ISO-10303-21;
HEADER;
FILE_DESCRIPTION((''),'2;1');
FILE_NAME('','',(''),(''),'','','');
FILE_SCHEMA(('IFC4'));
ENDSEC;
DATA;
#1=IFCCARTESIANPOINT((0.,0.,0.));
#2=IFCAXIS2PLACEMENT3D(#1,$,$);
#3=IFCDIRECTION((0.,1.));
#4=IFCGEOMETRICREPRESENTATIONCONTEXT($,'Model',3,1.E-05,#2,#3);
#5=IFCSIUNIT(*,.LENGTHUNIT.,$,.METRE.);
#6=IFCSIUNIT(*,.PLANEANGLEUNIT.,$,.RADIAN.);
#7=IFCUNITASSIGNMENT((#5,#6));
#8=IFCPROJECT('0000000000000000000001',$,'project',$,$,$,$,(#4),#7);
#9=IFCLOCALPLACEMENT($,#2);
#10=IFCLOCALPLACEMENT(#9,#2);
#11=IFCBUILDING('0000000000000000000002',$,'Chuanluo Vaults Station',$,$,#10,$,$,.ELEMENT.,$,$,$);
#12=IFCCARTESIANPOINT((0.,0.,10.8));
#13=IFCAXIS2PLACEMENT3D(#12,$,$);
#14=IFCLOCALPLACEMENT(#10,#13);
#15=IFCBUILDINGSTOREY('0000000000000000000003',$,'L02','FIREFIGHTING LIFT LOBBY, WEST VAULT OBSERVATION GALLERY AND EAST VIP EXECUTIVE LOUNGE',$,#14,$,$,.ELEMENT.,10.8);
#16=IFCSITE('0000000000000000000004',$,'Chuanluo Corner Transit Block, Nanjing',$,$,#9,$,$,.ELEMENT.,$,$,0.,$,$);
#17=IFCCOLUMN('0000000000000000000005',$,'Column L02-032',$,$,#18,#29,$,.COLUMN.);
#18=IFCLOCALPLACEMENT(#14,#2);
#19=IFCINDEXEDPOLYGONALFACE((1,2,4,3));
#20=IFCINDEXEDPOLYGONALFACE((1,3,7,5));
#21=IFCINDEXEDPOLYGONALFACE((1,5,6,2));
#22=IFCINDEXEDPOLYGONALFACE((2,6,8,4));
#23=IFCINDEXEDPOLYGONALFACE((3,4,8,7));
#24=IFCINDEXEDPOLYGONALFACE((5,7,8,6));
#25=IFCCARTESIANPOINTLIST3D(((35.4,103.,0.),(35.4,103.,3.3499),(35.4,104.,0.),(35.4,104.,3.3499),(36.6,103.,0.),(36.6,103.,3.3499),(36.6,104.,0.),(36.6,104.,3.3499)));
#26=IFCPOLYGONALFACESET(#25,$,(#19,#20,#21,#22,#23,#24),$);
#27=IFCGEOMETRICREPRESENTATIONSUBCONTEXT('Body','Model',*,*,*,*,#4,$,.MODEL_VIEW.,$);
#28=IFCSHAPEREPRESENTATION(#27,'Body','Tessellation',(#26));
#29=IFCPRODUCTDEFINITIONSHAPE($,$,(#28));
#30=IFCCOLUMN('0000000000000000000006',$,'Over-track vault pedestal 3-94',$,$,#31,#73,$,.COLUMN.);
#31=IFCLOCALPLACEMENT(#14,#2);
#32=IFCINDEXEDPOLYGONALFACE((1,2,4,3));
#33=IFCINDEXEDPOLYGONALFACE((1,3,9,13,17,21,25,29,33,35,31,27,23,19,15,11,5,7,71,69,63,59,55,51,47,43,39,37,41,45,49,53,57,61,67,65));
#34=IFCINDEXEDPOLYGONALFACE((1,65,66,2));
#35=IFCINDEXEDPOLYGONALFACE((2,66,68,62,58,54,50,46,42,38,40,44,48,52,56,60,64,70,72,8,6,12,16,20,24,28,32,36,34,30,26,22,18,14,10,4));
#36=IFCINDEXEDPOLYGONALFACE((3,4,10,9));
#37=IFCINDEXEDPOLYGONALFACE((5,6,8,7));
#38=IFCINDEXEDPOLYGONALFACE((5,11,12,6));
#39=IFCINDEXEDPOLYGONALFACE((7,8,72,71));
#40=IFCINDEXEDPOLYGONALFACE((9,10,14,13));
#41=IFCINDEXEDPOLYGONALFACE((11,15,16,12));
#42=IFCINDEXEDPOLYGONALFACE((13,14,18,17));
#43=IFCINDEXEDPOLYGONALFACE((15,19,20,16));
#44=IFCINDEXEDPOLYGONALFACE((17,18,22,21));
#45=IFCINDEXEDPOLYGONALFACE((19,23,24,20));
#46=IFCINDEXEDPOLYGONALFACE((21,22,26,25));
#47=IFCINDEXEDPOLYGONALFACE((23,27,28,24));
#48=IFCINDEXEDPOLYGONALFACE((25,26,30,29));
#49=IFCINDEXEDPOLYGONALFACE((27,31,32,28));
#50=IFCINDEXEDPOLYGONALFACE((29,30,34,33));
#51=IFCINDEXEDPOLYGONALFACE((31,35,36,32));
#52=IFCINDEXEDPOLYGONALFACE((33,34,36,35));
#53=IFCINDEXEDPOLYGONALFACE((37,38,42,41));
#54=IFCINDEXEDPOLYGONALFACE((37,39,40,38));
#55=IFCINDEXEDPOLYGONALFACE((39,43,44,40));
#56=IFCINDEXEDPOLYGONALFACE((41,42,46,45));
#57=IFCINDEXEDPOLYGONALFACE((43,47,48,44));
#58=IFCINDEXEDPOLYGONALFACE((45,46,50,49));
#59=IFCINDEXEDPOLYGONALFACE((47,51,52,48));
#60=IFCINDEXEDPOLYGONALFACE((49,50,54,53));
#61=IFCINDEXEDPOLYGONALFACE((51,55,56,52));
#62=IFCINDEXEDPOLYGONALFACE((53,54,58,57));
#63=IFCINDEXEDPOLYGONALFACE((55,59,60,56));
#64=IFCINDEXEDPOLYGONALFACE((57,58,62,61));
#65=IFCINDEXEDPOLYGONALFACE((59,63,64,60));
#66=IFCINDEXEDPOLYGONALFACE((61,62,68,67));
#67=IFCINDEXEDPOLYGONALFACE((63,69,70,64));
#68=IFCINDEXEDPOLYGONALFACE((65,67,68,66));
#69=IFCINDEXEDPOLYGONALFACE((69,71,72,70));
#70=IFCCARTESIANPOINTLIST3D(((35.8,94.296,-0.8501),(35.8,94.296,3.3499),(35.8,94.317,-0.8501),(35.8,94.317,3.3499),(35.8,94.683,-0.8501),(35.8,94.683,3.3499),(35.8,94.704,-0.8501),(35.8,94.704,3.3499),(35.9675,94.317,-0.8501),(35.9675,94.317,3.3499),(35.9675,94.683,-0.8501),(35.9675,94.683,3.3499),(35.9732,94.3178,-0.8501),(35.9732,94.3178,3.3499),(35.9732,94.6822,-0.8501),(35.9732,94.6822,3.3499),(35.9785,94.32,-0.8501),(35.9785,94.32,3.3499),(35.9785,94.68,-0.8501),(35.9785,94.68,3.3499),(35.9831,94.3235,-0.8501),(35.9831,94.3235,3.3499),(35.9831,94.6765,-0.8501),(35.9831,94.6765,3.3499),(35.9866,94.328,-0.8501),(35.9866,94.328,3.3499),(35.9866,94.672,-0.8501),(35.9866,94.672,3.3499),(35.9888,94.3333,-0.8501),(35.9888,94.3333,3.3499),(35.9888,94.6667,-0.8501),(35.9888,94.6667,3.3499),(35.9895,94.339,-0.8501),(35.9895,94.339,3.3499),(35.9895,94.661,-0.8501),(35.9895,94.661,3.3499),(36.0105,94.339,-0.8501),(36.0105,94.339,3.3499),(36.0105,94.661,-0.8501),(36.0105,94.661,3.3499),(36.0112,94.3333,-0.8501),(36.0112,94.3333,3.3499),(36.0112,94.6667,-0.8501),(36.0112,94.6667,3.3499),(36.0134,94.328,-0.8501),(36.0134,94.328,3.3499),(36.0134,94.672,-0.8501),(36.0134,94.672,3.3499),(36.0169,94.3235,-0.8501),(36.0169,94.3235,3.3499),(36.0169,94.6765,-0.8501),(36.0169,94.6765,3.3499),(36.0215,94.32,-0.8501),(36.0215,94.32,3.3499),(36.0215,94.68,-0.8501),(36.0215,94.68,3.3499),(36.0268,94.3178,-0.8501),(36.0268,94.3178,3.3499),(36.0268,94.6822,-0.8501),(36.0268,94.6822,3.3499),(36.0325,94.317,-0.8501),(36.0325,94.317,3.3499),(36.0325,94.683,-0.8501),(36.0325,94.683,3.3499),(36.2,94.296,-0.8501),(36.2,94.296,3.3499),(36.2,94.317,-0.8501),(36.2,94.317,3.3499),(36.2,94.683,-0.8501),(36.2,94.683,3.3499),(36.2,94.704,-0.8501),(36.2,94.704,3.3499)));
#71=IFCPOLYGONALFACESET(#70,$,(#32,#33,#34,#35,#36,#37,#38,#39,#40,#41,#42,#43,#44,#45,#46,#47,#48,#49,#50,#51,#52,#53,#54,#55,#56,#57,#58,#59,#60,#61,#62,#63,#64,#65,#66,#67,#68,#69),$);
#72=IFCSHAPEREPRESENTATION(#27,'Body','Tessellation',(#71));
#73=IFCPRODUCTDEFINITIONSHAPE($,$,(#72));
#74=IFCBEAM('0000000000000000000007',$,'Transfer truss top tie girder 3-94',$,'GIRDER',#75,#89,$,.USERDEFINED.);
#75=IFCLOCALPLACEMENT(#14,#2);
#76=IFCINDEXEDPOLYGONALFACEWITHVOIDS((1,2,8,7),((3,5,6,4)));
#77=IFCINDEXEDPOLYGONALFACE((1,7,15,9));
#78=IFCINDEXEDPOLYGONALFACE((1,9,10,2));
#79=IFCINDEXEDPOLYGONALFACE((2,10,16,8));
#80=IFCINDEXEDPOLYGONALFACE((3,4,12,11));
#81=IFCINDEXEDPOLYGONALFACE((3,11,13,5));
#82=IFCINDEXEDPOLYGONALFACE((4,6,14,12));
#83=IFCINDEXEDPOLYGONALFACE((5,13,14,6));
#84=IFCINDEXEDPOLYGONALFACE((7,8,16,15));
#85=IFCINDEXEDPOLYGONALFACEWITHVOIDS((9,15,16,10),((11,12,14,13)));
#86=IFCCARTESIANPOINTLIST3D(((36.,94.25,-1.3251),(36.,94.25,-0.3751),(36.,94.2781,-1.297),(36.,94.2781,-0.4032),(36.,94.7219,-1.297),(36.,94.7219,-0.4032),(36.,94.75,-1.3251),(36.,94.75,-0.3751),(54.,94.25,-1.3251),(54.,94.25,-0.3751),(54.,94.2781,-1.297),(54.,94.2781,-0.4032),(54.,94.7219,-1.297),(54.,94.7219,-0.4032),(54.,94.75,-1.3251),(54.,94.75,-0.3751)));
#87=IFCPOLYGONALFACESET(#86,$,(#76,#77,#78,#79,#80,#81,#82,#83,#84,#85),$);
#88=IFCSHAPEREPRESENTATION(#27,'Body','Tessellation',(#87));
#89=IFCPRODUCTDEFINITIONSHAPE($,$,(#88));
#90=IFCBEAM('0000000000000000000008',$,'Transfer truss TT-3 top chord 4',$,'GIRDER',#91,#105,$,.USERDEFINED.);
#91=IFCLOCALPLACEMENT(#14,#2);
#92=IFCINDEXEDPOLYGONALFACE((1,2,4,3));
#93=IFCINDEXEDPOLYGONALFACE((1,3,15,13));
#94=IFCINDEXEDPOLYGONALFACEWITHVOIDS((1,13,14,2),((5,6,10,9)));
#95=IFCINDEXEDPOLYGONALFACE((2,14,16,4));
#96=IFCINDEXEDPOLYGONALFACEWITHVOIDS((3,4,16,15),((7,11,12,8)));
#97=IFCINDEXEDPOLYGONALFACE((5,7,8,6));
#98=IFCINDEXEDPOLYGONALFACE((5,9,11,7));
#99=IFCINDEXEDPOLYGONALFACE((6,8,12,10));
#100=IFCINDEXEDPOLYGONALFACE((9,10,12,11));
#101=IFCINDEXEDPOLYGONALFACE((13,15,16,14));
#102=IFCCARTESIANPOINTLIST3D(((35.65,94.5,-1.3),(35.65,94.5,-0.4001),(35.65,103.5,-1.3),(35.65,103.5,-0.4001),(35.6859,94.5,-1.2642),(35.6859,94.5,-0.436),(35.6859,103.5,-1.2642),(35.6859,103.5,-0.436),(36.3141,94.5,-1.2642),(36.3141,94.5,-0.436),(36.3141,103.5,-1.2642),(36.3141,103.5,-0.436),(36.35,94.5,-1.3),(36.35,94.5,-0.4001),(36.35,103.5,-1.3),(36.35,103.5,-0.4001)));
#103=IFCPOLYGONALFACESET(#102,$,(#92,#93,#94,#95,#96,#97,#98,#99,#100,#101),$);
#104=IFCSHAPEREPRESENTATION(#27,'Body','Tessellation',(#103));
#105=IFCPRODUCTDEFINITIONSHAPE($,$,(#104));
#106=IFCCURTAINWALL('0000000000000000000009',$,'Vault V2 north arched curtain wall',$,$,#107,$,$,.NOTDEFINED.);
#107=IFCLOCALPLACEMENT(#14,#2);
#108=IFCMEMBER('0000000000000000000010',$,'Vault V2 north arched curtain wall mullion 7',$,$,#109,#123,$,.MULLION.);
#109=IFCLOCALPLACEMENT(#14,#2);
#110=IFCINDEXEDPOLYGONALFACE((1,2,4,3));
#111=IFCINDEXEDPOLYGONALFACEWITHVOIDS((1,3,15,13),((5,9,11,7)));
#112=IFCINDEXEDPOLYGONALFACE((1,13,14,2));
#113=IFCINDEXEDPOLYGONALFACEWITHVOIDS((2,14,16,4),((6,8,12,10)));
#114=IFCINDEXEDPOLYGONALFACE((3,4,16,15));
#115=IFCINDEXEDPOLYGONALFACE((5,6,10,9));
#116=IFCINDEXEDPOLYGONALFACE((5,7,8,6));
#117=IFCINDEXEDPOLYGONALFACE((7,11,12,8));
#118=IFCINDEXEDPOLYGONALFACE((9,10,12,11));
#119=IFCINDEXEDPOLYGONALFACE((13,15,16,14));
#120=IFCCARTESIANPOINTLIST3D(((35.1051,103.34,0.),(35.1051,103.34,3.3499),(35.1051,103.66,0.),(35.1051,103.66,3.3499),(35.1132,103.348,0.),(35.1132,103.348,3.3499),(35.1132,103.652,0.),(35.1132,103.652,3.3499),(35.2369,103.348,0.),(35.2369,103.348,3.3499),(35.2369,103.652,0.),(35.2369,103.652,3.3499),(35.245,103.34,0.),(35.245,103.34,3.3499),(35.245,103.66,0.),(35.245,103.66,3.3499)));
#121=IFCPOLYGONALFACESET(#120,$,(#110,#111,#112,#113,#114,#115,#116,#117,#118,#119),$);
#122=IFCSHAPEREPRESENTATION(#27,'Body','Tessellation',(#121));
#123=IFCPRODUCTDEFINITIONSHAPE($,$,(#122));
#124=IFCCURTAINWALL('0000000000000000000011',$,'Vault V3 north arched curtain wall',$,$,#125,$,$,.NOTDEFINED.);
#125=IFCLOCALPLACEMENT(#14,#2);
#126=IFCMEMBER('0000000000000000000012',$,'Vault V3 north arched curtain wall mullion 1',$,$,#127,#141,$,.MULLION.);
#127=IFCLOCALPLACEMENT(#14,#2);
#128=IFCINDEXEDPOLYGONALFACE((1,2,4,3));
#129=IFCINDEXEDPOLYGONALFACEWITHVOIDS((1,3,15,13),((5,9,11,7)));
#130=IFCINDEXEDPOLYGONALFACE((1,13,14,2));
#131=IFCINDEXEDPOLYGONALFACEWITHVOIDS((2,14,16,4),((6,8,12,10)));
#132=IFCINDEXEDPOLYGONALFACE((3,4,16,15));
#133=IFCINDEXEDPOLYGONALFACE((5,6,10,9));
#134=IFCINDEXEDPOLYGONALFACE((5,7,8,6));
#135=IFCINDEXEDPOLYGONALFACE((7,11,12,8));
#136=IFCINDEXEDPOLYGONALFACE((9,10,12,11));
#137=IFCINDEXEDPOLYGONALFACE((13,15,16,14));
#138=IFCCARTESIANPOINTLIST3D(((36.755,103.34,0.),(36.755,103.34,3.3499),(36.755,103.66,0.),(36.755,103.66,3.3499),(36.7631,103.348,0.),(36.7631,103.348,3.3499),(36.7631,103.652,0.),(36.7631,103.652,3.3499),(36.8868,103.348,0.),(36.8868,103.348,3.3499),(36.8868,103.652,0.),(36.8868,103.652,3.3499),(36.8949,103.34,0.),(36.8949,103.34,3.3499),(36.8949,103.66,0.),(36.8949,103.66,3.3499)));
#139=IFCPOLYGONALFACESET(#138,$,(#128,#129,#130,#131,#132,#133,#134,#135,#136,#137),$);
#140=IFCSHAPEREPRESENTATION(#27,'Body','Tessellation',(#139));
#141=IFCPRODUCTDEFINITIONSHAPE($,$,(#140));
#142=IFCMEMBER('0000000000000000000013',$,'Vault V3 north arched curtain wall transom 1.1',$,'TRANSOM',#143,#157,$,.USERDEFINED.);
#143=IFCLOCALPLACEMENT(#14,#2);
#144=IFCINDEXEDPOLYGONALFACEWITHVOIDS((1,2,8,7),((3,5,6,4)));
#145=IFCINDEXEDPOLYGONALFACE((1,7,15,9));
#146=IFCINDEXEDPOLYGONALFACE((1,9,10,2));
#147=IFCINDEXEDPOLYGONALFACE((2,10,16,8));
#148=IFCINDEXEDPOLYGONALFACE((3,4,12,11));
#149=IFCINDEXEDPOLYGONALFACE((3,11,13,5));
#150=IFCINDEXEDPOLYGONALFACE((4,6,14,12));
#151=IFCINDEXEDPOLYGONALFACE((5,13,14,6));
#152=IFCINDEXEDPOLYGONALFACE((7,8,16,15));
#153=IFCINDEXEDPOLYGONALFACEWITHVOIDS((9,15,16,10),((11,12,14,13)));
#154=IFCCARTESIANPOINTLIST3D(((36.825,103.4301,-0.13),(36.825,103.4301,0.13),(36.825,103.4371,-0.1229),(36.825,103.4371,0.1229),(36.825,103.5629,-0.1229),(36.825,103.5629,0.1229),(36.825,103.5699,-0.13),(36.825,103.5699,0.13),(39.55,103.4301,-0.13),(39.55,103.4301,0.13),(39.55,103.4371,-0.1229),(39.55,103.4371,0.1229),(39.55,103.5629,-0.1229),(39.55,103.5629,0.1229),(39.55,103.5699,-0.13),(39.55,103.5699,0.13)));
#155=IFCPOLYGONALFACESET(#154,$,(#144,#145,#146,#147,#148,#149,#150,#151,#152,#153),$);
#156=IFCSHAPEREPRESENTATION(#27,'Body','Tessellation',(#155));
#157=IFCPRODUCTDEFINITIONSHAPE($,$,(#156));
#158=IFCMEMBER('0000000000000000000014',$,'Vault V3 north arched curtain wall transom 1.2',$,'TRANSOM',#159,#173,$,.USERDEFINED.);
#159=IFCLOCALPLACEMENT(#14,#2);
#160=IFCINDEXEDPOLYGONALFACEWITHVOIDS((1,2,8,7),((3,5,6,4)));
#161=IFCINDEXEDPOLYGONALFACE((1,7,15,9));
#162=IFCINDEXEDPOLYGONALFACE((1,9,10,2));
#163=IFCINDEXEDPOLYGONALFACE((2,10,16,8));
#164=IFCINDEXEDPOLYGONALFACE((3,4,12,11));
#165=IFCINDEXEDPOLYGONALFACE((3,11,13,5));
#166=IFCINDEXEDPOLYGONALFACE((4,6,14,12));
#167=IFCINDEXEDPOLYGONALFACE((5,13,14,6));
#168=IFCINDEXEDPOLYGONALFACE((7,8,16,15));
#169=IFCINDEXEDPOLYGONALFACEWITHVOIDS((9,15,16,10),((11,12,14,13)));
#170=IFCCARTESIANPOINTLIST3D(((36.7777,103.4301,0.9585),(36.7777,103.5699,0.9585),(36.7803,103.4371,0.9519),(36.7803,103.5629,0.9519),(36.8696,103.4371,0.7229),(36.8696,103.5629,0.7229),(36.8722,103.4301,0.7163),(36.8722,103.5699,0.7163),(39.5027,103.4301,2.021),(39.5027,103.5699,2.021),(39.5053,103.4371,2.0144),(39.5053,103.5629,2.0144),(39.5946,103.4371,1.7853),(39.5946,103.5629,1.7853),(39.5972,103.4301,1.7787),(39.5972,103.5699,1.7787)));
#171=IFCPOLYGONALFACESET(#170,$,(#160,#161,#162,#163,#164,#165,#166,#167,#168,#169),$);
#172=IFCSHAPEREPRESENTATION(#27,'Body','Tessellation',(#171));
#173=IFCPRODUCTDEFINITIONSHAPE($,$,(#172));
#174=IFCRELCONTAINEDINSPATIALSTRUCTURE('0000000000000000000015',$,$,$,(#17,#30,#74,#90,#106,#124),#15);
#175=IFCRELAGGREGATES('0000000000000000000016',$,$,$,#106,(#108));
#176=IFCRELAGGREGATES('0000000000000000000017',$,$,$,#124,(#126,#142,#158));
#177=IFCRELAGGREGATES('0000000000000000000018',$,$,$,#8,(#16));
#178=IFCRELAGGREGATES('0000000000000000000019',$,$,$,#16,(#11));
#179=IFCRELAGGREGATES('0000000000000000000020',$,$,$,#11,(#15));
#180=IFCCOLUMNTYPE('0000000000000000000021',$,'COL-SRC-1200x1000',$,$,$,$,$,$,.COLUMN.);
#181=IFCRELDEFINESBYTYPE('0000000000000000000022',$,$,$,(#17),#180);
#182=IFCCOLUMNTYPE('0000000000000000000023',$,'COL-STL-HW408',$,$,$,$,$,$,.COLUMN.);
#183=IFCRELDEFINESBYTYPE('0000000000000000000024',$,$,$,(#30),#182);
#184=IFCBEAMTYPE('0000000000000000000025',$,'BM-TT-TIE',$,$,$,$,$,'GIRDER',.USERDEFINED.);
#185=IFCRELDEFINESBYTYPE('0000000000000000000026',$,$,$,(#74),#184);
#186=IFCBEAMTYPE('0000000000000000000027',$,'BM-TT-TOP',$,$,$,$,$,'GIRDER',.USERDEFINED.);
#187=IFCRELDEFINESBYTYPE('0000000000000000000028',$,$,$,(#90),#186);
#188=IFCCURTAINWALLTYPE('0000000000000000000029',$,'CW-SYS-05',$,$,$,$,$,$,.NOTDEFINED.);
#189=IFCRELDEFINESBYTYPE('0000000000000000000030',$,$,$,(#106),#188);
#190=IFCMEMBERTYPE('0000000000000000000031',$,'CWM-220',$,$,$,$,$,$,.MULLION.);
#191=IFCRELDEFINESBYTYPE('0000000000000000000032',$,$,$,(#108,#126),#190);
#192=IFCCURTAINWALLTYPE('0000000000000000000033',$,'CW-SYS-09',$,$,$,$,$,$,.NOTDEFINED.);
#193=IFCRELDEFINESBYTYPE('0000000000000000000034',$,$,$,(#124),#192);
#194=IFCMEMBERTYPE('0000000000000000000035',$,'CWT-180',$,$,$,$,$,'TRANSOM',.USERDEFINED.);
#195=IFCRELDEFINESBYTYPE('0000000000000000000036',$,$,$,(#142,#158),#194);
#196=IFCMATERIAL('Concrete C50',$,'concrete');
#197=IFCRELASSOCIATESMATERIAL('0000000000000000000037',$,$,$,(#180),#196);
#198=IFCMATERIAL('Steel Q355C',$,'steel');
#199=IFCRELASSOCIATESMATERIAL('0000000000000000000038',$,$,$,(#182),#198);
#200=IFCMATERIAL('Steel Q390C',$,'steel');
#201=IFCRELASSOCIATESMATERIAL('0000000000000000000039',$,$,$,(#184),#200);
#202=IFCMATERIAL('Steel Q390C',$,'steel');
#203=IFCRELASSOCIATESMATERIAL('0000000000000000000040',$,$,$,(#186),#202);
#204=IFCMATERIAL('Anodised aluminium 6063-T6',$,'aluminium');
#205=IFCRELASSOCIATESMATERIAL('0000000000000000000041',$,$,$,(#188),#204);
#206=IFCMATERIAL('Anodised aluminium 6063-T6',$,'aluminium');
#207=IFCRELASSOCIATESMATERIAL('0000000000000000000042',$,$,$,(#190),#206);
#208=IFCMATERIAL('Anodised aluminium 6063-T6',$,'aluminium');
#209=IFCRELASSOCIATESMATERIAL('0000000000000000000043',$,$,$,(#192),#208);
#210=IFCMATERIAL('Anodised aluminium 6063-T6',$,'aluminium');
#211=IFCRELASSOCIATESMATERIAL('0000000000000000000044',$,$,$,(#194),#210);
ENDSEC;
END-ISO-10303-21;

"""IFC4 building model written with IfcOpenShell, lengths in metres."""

from ifc_helpers import new_model, si_unit, direction, frame, origin, origin_2d, place, context, subcontext, project, spatial, rectangle, hollow_rectangle, i_section, extrude, material, material_profile, profile_set, type_object, element, aggregate, save


model = new_model("IFC4")

# Units and contexts
model_context = context("Model", 3, precision=1e-05, world=origin(), true_north=direction((0.0, 1.0)))
body_context = subcontext(model_context, "Body", "Model", "MODEL_VIEW")
ifc_project = project(units=[si_unit("LENGTHUNIT", "METRE"), si_unit("PLANEANGLEUNIT", "RADIAN")], contexts=[model_context])

# Site, building, storey
site_placement = place(None, origin())
site = spatial("IfcSite", under=ifc_project, at=site_placement, Name="Chuanluo Corner Transit Block, Nanjing", CompositionType="ELEMENT", RefElevation=0.0)
building_placement = place(site_placement, origin())
building = spatial("IfcBuilding", under=site, at=building_placement, Name="Chuanluo Vaults Station", CompositionType="ELEMENT")
storey_placement = place(building_placement, frame((0.0, 0.0, 10.8)))
storey = spatial("IfcBuildingStorey", under=building, at=storey_placement, Name="L02", Description="FIREFIGHTING LIFT LOBBY, WEST VAULT OBSERVATION GALLERY AND EAST VIP EXECUTIVE LOUNGE", CompositionType="ELEMENT", Elevation=10.8)

# Columns
ifc_material_1 = material(Name="Concrete C50", Category="concrete")
ifc_material_profile_1 = material_profile(ifc_material_1, rectangle(XDim=1.2, YDim=1.0, at=origin_2d()))
ifc_profile_set_1 = profile_set([ifc_material_profile_1], Name="Concrete C50")
column_type_1 = type_object("IfcColumnType", Name="COL-SRC-1200x1000", PredefinedType="COLUMN", material=ifc_profile_set_1)
column_1_placement = place(storey_placement, frame((36.0, 103.5, 0.0), z_axis=(0.0, 0.0, 1.0), x_axis=(1.0, 0.0, 0.0)))
element("IfcColumn", 1, at=column_1_placement, inside=storey, type_object=column_type_1, Name="Column L02-032", PredefinedType="COLUMN", context=body_context, shape_type="SweptSolid", body=[
    extrude(rectangle(XDim=1.2, YDim=1.0, at=origin_2d()), origin(), (0.0, 0.0, 1.0), 3.3499),
])
ifc_material_2 = material(Name="Steel Q355C", Category="steel")
ifc_material_profile_2 = material_profile(ifc_material_2, i_section(OverallWidth=0.3999, OverallDepth=0.408, WebThickness=0.021, FlangeThickness=0.021, FilletRadius=0.022, at=origin_2d()))
ifc_profile_set_2 = profile_set([ifc_material_profile_2], Name="Steel Q355C")
column_type_2 = type_object("IfcColumnType", Name="COL-STL-HW408", PredefinedType="COLUMN", material=ifc_profile_set_2)
column_2_placement = place(storey_placement, frame((36.0, 94.5, -0.8501), z_axis=(0.0, 0.0, 1.0), x_axis=(1.0, 0.0, 0.0)))
element("IfcColumn", 2, at=column_2_placement, inside=storey, type_object=column_type_2, Name="Over-track vault pedestal 3-94", PredefinedType="COLUMN", context=body_context, shape_type="SweptSolid", body=[
    extrude(i_section(OverallWidth=0.3999, OverallDepth=0.408, WebThickness=0.021, FlangeThickness=0.021, FilletRadius=0.022, at=origin_2d()), origin(), (0.0, 0.0, 1.0), 4.2),
])

# Beams
ifc_material_3 = material(Name="Steel Q390C", Category="steel")
ifc_material_profile_3 = material_profile(ifc_material_3, hollow_rectangle(XDim=0.5, YDim=0.95, WallThickness=0.0281, at=origin_2d()))
ifc_profile_set_3 = profile_set([ifc_material_profile_3], Name="Steel Q390C")
beam_type_1 = type_object("IfcBeamType", Name="BM-TT-TIE", ElementType="GIRDER", PredefinedType="USERDEFINED", material=ifc_profile_set_3)
beam_1_placement = place(storey_placement, frame((36.0, 94.5, -0.8501), z_axis=(1.0, 0.0, 0.0), x_axis=(0.0, 1.0, 0.0)))
element("IfcBeam", 3, at=beam_1_placement, inside=storey, type_object=beam_type_1, Name="Transfer truss top tie girder 3-94", ObjectType="GIRDER", PredefinedType="USERDEFINED", context=body_context, shape_type="SweptSolid", body=[
    extrude(hollow_rectangle(XDim=0.5, YDim=0.95, WallThickness=0.0281, at=origin_2d()), origin(), (0.0, 0.0, 1.0), 18.0),
])
ifc_material_4 = material(Name="Steel Q390C", Category="steel")
ifc_material_profile_4 = material_profile(ifc_material_4, hollow_rectangle(XDim=0.7, YDim=0.8999, WallThickness=0.0359, at=origin_2d()))
ifc_profile_set_4 = profile_set([ifc_material_profile_4], Name="Steel Q390C")
beam_type_2 = type_object("IfcBeamType", Name="BM-TT-TOP", ElementType="GIRDER", PredefinedType="USERDEFINED", material=ifc_profile_set_4)
beam_2_placement = place(storey_placement, frame((36.0, 94.5, -0.8501), z_axis=(0.0, 1.0, 0.0), x_axis=(-1.0, 0.0, 0.0)))
element("IfcBeam", 4, at=beam_2_placement, inside=storey, type_object=beam_type_2, Name="Transfer truss TT-3 top chord 4", ObjectType="GIRDER", PredefinedType="USERDEFINED", context=body_context, shape_type="SweptSolid", body=[
    extrude(hollow_rectangle(XDim=0.7, YDim=0.8999, WallThickness=0.0359, at=origin_2d()), origin(), (0.0, 0.0, 1.0), 9.0),
])

# Curtain wall, member
ifc_material_5 = material(Name="Anodised aluminium 6063-T6", Category="aluminium")
curtain_wall_type_1 = type_object("IfcCurtainWallType", Name="CW-SYS-05", PredefinedType="NOTDEFINED", material=ifc_material_5)
curtain_wall_1_placement = place(storey_placement, origin())
curtain_wall_1 = element("IfcCurtainWall", 5, at=curtain_wall_1_placement, inside=storey, type_object=curtain_wall_type_1, Name="Vault V2 north arched curtain wall", PredefinedType="NOTDEFINED")
ifc_material_6 = material(Name="Anodised aluminium 6063-T6", Category="aluminium")
ifc_material_profile_5 = material_profile(ifc_material_6, hollow_rectangle(XDim=0.1399, YDim=0.3201, WallThickness=0.0081, at=origin_2d()))
ifc_profile_set_5 = profile_set([ifc_material_profile_5], Name="Anodised aluminium 6063-T6")
member_type_1 = type_object("IfcMemberType", Name="CWM-220", PredefinedType="MULLION", material=ifc_profile_set_5)
member_1_placement = place(storey_placement, frame((35.175, 103.5, 0.0), z_axis=(0.0, 0.0, 1.0), x_axis=(1.0, 0.0, 0.0)))
member_1 = element("IfcMember", 6, at=member_1_placement, type_object=member_type_1, Name="Vault V2 north arched curtain wall mullion 7", PredefinedType="MULLION", context=body_context, shape_type="SweptSolid", body=[
    extrude(hollow_rectangle(XDim=0.1399, YDim=0.3201, WallThickness=0.0081, at=origin_2d()), origin(), (0.0, 0.0, 1.0), 3.3499),
])

# Curtain wall, members
ifc_material_7 = material(Name="Anodised aluminium 6063-T6", Category="aluminium")
curtain_wall_type_2 = type_object("IfcCurtainWallType", Name="CW-SYS-09", PredefinedType="NOTDEFINED", material=ifc_material_7)
curtain_wall_2_placement = place(storey_placement, origin())
curtain_wall_2 = element("IfcCurtainWall", 7, at=curtain_wall_2_placement, inside=storey, type_object=curtain_wall_type_2, Name="Vault V3 north arched curtain wall", PredefinedType="NOTDEFINED")
member_2_placement = place(storey_placement, frame((36.825, 103.5, 0.0), z_axis=(0.0, 0.0, 1.0), x_axis=(1.0, 0.0, 0.0)))
member_2 = element("IfcMember", 8, at=member_2_placement, type_object=member_type_1, Name="Vault V3 north arched curtain wall mullion 1", PredefinedType="MULLION", context=body_context, shape_type="SweptSolid", body=[
    extrude(hollow_rectangle(XDim=0.1399, YDim=0.3201, WallThickness=0.0081, at=origin_2d()), origin(), (0.0, 0.0, 1.0), 3.3499),
])
ifc_material_8 = material(Name="Anodised aluminium 6063-T6", Category="aluminium")
ifc_material_profile_6 = material_profile(ifc_material_8, hollow_rectangle(XDim=0.1399, YDim=0.26, WallThickness=0.0071, at=origin_2d()))
ifc_profile_set_6 = profile_set([ifc_material_profile_6], Name="Anodised aluminium 6063-T6")
member_type_2 = type_object("IfcMemberType", Name="CWT-180", ElementType="TRANSOM", PredefinedType="USERDEFINED", material=ifc_profile_set_6)
member_3_placement = place(storey_placement, frame((36.825, 103.5, 0.0), z_axis=(1.0, 0.0, 0.0), x_axis=(0.0, 1.0, 0.0)))
member_3 = element("IfcMember", 9, at=member_3_placement, type_object=member_type_2, Name="Vault V3 north arched curtain wall transom 1.1", ObjectType="TRANSOM", PredefinedType="USERDEFINED", context=body_context, shape_type="SweptSolid", body=[
    extrude(hollow_rectangle(XDim=0.1399, YDim=0.26, WallThickness=0.0071, at=origin_2d()), origin(), (0.0, 0.0, 1.0), 2.7251),
])
member_4_placement = place(storey_placement, frame((36.825, 103.5, 0.8374), z_axis=(0.931688, 0.0, 0.36326), x_axis=(0.0, 1.0, 0.0)))
member_4 = element("IfcMember", 10, at=member_4_placement, type_object=member_type_2, Name="Vault V3 north arched curtain wall transom 1.2", ObjectType="TRANSOM", PredefinedType="USERDEFINED", context=body_context, shape_type="SweptSolid", body=[
    extrude(hollow_rectangle(XDim=0.1399, YDim=0.26, WallThickness=0.0071, at=origin_2d()), origin(), (0.0, 0.0, 1.0), 2.9248),
])

aggregate(curtain_wall_1, [member_1])
aggregate(curtain_wall_2, [member_2, member_3, member_4])

save(model, "model.ifc")
